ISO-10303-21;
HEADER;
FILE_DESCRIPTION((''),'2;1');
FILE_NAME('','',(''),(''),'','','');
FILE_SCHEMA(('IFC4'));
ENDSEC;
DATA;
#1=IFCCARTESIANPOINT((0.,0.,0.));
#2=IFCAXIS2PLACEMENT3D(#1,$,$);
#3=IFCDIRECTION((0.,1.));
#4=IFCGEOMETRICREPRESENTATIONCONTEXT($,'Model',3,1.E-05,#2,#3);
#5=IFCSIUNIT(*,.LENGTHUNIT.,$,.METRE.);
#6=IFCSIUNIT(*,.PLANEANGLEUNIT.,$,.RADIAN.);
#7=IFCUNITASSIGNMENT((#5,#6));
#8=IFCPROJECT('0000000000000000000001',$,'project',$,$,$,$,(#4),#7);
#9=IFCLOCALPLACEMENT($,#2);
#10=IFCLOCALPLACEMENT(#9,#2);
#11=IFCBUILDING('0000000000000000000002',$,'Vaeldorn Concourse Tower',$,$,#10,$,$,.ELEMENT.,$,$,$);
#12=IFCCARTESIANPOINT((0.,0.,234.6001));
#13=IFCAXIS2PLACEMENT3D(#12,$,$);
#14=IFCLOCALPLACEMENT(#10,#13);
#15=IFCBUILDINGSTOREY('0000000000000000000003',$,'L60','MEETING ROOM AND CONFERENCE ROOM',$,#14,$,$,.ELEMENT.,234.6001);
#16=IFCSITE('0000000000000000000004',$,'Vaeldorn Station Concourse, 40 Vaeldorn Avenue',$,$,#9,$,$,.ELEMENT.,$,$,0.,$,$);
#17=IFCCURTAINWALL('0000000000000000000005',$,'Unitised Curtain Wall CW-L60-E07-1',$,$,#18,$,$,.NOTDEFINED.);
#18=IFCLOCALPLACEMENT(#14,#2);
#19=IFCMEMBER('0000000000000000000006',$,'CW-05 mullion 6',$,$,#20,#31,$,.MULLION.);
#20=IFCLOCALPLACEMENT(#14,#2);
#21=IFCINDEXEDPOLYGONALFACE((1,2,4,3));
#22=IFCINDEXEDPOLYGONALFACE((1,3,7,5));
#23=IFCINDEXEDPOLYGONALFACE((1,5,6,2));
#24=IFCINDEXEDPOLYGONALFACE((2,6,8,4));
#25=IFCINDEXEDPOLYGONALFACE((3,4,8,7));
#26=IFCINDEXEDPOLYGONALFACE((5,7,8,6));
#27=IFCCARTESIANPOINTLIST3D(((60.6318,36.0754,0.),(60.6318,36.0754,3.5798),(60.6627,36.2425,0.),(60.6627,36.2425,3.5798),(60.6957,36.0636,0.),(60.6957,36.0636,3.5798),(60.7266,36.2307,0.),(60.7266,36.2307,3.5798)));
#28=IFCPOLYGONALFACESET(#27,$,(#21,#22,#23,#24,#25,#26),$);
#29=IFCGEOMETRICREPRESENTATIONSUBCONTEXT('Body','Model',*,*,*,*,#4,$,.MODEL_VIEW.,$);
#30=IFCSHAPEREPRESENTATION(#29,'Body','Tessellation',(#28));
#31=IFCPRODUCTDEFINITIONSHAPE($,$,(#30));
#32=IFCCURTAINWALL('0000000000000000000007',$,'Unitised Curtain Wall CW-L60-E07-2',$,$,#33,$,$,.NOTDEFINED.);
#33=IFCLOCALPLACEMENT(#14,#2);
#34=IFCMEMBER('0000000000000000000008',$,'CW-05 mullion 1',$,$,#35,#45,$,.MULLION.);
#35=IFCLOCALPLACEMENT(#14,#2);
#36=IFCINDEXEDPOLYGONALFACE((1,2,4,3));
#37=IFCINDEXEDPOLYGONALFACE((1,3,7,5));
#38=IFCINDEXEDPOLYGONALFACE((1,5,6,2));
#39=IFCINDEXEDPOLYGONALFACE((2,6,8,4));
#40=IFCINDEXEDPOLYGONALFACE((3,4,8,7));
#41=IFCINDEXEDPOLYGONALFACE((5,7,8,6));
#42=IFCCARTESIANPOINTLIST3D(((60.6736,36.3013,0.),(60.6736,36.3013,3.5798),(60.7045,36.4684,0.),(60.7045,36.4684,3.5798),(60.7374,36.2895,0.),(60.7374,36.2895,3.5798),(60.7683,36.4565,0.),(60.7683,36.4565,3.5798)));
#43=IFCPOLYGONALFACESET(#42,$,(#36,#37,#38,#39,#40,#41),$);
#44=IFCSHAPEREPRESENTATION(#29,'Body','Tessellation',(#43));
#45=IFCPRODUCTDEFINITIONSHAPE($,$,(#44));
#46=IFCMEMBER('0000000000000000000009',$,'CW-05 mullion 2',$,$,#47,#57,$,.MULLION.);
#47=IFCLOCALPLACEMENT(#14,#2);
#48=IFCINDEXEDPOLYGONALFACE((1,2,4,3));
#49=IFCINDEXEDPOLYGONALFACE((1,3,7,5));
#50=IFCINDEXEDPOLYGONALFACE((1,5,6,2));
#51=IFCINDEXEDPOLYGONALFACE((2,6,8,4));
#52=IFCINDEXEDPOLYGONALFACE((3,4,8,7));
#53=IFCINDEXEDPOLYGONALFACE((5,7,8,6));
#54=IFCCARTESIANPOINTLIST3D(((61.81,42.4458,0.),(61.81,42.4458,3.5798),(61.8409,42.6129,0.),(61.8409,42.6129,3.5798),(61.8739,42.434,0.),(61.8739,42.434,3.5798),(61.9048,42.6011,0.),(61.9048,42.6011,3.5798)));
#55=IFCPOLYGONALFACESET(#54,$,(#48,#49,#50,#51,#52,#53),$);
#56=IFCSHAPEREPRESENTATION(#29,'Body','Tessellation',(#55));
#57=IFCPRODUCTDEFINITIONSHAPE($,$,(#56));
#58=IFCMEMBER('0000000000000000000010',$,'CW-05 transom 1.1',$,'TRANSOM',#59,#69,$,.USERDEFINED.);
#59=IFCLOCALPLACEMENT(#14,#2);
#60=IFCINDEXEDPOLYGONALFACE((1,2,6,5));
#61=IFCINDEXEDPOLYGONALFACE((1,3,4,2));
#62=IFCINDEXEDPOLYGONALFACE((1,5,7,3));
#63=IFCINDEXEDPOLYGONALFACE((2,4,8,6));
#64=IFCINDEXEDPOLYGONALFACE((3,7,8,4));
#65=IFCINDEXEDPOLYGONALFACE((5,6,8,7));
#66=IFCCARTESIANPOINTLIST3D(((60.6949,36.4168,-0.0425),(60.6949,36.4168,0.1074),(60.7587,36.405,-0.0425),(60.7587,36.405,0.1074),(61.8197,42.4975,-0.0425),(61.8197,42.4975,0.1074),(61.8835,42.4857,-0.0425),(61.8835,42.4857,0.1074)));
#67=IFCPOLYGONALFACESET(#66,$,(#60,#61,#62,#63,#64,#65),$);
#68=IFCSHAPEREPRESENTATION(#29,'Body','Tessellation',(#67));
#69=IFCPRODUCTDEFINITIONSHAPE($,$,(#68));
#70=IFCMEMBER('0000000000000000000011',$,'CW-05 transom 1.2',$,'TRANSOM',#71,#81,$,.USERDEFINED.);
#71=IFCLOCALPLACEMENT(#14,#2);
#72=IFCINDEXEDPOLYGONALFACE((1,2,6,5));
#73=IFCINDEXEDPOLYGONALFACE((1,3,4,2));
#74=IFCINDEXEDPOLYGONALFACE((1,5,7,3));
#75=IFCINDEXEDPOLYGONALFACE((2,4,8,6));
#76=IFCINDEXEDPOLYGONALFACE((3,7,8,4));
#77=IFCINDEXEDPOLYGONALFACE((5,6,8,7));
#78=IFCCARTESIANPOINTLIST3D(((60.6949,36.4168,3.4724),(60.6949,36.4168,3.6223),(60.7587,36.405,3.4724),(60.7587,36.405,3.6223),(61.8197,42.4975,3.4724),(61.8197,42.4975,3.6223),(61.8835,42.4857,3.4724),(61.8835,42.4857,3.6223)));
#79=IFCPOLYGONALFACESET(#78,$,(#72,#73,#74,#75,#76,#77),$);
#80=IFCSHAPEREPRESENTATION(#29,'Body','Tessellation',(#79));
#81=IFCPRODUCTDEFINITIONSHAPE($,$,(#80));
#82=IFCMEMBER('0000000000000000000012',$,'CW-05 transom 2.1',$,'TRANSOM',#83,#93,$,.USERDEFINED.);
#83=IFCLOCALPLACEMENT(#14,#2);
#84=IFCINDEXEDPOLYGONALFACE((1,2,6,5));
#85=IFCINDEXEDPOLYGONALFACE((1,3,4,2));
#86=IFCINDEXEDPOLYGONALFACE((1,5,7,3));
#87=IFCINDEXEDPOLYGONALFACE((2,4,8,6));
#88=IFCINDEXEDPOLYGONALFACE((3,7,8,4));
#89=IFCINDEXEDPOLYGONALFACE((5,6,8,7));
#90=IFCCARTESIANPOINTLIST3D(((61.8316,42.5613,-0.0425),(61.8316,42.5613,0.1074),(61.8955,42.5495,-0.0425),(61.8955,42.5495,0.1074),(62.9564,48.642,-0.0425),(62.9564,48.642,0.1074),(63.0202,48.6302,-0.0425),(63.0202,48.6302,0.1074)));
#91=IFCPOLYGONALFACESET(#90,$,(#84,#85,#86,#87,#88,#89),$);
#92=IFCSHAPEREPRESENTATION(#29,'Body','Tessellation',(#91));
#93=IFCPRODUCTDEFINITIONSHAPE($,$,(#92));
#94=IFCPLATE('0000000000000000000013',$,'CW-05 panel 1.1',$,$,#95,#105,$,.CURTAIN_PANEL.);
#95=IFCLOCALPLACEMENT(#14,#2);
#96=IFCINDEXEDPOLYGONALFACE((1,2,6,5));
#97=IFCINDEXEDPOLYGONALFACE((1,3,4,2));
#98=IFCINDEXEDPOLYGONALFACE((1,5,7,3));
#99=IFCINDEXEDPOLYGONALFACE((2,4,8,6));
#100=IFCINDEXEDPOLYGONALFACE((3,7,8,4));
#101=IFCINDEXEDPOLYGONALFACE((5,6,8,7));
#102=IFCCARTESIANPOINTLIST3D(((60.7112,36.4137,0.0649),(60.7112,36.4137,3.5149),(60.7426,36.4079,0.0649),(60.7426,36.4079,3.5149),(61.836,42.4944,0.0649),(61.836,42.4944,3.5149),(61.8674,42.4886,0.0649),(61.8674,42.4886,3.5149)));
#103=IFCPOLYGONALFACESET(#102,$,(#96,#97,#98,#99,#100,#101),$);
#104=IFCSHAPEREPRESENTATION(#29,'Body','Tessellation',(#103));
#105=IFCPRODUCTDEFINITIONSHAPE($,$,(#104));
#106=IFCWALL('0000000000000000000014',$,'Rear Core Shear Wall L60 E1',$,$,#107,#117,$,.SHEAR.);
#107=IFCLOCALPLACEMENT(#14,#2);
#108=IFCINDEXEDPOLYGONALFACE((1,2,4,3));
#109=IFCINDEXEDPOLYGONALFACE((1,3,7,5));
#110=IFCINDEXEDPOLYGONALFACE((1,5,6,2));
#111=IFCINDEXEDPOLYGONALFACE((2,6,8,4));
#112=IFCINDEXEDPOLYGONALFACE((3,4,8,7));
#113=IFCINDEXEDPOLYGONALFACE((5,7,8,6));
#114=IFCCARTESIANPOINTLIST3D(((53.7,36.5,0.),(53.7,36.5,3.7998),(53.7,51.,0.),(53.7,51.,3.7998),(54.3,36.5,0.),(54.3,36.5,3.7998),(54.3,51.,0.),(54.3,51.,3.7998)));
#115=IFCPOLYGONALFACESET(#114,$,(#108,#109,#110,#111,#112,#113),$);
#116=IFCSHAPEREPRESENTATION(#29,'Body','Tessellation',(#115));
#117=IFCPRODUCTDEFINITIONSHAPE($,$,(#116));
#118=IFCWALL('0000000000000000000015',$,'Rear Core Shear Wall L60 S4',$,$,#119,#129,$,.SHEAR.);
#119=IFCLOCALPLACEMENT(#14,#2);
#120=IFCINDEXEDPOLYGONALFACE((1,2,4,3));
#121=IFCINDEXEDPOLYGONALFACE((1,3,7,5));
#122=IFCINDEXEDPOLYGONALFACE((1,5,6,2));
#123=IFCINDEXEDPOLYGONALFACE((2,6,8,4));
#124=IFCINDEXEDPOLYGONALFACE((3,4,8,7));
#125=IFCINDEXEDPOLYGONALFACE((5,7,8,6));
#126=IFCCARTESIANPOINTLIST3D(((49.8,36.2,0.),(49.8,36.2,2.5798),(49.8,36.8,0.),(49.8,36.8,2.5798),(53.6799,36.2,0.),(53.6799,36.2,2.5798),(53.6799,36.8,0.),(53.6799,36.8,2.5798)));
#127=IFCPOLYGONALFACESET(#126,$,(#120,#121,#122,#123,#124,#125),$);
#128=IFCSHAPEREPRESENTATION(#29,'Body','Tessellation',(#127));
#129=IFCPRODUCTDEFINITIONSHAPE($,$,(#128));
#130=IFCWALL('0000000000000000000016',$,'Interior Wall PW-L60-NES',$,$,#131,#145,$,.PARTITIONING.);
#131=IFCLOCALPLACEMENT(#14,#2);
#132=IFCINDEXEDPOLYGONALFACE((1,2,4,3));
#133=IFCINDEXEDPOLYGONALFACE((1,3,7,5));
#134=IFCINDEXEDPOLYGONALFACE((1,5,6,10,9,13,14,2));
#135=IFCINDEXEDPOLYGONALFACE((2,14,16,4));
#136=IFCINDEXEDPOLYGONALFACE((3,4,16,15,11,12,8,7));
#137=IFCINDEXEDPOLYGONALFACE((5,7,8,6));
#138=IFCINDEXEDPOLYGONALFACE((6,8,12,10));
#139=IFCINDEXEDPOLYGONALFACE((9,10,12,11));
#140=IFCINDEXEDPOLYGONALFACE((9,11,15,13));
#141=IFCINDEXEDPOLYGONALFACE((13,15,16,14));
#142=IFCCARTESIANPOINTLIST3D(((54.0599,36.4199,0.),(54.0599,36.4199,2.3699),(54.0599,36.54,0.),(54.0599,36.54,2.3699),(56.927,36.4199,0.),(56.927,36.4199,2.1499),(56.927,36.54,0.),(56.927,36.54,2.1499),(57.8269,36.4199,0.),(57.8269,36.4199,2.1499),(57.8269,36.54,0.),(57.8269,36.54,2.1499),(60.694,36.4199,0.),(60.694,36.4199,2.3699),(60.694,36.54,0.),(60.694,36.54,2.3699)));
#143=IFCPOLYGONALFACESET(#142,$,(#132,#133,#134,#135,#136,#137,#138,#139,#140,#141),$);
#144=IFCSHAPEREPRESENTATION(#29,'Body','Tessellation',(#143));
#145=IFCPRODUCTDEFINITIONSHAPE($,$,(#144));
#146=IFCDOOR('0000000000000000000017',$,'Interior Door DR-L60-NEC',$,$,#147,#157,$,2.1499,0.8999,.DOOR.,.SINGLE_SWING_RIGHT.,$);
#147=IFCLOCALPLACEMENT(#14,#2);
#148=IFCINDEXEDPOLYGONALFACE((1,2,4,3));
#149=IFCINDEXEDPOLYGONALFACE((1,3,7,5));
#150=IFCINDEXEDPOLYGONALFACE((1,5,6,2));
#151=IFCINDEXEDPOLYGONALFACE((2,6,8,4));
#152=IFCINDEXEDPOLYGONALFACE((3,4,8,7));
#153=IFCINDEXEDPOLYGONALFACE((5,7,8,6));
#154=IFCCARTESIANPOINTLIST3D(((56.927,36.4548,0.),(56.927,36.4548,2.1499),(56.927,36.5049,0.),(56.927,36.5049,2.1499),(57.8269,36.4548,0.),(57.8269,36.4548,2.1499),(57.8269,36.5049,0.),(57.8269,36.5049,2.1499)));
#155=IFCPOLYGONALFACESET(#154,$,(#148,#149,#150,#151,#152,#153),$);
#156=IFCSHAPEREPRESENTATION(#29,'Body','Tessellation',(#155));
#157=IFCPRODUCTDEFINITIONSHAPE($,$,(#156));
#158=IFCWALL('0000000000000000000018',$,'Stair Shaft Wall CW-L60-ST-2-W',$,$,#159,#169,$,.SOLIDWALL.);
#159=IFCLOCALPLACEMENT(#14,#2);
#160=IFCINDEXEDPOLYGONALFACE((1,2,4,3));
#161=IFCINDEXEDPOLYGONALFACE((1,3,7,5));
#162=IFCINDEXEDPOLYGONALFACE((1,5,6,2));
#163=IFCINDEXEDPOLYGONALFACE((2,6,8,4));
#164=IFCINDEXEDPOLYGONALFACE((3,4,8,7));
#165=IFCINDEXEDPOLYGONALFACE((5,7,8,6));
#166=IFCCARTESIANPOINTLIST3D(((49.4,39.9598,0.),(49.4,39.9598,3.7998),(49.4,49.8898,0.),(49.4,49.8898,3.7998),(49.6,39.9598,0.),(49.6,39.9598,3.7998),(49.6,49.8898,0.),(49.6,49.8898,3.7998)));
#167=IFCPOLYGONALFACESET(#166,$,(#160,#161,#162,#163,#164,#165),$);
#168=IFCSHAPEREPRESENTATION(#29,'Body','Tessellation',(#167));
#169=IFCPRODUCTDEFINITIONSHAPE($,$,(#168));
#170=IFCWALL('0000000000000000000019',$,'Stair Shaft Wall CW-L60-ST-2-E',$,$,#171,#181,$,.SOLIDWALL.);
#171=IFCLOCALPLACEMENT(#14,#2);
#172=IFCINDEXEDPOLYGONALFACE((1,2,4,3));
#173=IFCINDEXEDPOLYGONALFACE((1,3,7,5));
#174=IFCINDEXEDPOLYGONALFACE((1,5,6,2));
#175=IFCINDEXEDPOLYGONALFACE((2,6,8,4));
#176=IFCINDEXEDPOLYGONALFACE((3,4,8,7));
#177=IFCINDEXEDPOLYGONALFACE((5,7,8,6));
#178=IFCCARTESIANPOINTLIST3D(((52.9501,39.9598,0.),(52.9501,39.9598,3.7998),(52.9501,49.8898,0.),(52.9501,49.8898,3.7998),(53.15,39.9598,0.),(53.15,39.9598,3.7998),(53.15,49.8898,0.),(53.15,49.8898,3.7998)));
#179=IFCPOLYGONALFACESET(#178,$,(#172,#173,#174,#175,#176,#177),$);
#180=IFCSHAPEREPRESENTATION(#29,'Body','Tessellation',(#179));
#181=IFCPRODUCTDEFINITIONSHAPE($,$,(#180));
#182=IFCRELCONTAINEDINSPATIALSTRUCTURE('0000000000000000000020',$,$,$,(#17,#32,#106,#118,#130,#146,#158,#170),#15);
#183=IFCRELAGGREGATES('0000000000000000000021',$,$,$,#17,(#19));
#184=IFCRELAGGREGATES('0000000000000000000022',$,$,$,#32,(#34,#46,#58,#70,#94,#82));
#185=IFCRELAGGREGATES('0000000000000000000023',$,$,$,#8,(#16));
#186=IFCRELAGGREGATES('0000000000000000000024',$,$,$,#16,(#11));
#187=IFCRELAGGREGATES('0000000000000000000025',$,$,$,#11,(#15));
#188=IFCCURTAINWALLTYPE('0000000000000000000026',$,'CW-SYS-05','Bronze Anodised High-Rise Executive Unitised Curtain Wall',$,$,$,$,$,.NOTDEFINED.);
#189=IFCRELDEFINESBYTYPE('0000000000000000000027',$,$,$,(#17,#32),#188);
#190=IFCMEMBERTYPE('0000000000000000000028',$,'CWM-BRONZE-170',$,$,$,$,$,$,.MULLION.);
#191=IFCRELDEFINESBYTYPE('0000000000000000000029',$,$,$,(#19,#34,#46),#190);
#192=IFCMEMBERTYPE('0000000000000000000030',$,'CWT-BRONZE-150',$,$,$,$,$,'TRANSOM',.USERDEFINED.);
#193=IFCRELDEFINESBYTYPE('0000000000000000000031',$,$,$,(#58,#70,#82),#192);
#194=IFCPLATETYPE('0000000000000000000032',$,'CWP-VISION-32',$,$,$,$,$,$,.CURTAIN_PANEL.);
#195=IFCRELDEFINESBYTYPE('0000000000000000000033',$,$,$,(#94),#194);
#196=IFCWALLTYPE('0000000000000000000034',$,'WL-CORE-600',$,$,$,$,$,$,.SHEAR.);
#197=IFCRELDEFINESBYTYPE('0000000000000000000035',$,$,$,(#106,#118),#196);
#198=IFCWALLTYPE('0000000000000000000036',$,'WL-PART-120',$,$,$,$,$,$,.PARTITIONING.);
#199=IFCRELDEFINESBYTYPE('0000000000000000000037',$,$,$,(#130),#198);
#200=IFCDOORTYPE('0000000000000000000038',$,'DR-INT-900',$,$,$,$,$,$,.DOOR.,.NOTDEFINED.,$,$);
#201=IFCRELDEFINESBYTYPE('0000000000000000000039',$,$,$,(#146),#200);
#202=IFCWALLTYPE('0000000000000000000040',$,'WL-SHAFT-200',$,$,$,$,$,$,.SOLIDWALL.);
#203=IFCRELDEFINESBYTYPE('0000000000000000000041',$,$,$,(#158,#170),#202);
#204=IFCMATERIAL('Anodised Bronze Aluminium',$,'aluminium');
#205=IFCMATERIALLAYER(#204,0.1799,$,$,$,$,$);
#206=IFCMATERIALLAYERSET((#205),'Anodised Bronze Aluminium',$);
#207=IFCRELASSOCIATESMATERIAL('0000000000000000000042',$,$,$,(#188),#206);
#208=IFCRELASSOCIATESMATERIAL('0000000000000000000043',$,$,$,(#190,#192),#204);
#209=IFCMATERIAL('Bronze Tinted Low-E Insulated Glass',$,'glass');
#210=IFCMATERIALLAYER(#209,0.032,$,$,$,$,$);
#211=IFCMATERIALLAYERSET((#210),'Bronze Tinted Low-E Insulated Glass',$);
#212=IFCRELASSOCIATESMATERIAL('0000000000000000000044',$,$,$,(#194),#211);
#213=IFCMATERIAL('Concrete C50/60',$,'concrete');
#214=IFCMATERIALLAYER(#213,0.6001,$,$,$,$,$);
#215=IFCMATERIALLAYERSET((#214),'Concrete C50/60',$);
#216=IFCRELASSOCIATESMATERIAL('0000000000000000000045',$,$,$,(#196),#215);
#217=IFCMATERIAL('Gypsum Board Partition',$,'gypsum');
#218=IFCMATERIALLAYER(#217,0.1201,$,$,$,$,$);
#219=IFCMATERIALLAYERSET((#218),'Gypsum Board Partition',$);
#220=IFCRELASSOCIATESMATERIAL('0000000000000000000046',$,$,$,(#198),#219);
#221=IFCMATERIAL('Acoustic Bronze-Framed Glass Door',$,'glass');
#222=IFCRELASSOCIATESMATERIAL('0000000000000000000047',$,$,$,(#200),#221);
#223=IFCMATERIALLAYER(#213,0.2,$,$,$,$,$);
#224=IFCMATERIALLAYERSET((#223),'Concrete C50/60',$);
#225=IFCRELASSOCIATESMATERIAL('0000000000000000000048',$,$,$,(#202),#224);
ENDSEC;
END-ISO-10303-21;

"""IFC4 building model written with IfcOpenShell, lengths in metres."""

from ifc_helpers import new_model, si_unit, direction, frame, frame_2d, origin, origin_2d, place, context, subcontext, project, spatial, rectangle, extrude, source, transform, mapped, material, layer, layer_set, material_profile, profile_set, type_object, element, fill, aggregate, save


model = new_model("IFC4")

# Units and contexts
model_context = context("Model", 3, precision=1e-05, world=origin(), true_north=direction((0.0, 1.0)))
body_context = subcontext(model_context, "Body", "Model", "MODEL_VIEW")
ifc_project = project(units=[si_unit("LENGTHUNIT", "METRE"), si_unit("PLANEANGLEUNIT", "RADIAN")], contexts=[model_context])

# Site, building, storey
site_placement = place(None, origin())
site = spatial("IfcSite", under=ifc_project, at=site_placement, Name="Vaeldorn Station Concourse, 40 Vaeldorn Avenue", CompositionType="ELEMENT", RefElevation=0.0)
building_placement = place(site_placement, origin())
building = spatial("IfcBuilding", under=site, at=building_placement, Name="Vaeldorn Concourse Tower", CompositionType="ELEMENT")
storey_placement = place(building_placement, frame((0.0, 0.0, 234.6001)))
storey = spatial("IfcBuildingStorey", under=building, at=storey_placement, Name="L60", Description="MEETING ROOM AND CONFERENCE ROOM", CompositionType="ELEMENT", Elevation=234.6001)

# Shared definitions
ifc_material_1 = material(Name="Concrete C50/60", Category="concrete")

# Curtain wall, member
ifc_material_2 = material(Name="Anodised Bronze Aluminium", Category="aluminium")
ifc_layer_1 = layer(ifc_material_2, 0.1799)
ifc_layer_set_1 = layer_set([ifc_layer_1], Name="Anodised Bronze Aluminium")
curtain_wall_type = type_object("IfcCurtainWallType", Name="CW-SYS-05", Description="Bronze Anodised High-Rise Executive Unitised Curtain Wall", PredefinedType="NOTDEFINED", material=ifc_layer_set_1)
curtain_wall_1_placement = place(storey_placement, origin())
curtain_wall_1 = element("IfcCurtainWall", 1, at=curtain_wall_1_placement, inside=storey, type_object=curtain_wall_type, Name="Unitised Curtain Wall CW-L60-E07-1", PredefinedType="NOTDEFINED")
ifc_material_profile_1 = material_profile(ifc_material_2, rectangle(XDim=0.0649, YDim=0.1699, at=origin_2d()), Name="CWM 65x170")
ifc_profile_set_1 = profile_set([ifc_material_profile_1], Name="Anodised Bronze Aluminium")
member_type_1 = type_object("IfcMemberType", Name="CWM-BRONZE-170", PredefinedType="MULLION", material=ifc_profile_set_1)
shared_shape_1 = source(origin(), body_context, "Body", "SweptSolid", [
    extrude(rectangle(XDim=0.0649, YDim=0.1699, at=origin_2d()), origin(), (0.0, 0.0, 1.0), 3.5798),
])
member_1_placement = place(storey_placement, frame((60.6792, 36.1531, 0.0), z_axis=(0.0, 0.0, 1.0), x_axis=(-0.983319, 0.18189, 0.0)))
member_1 = element("IfcMember", 2, at=member_1_placement, type_object=member_type_1, Name="CW-05 mullion 6", PredefinedType="MULLION", context=body_context, shape_type="MappedRepresentation", body=[
    mapped(shared_shape_1, transform((0.0, 0.0, 0.0), scale=1.0)),
])
aggregate(curtain_wall_1, [member_1])

# Curtain wall, members, plate
curtain_wall_2_placement = place(storey_placement, origin())
curtain_wall_2 = element("IfcCurtainWall", 3, at=curtain_wall_2_placement, inside=storey, type_object=curtain_wall_type, Name="Unitised Curtain Wall CW-L60-E07-2", PredefinedType="NOTDEFINED")
member_2_placement = place(storey_placement, frame((60.7209, 36.3789, 0.0), z_axis=(0.0, 0.0, 1.0), x_axis=(-0.983319, 0.181888, 0.0)))
member_2 = element("IfcMember", 4, at=member_2_placement, type_object=member_type_1, Name="CW-05 mullion 1", PredefinedType="MULLION", context=body_context, shape_type="MappedRepresentation", body=[
    mapped(shared_shape_1, transform((0.0, 0.0, 0.0), scale=1.0)),
])
member_3_placement = place(storey_placement, frame((61.8574, 42.5234, 0.0), z_axis=(0.0, 0.0, 1.0), x_axis=(-0.983319, 0.181888, 0.0)))
member_3 = element("IfcMember", 5, at=member_3_placement, type_object=member_type_1, Name="CW-05 mullion 2", PredefinedType="MULLION", context=body_context, shape_type="MappedRepresentation", body=[
    mapped(shared_shape_1, transform((0.0, 0.0, 0.0), scale=1.0)),
])
ifc_material_profile_2 = material_profile(ifc_material_2, rectangle(XDim=0.0649, YDim=0.1499, at=origin_2d()), Name="CWT 65x150")
ifc_profile_set_2 = profile_set([ifc_material_profile_2], Name="Anodised Bronze Aluminium")
member_type_2 = type_object("IfcMemberType", Name="CWT-BRONZE-150", ElementType="TRANSOM", PredefinedType="USERDEFINED", material=ifc_profile_set_2)
shared_shape_2 = source(origin(), body_context, "Body", "SweptSolid", [
    extrude(rectangle(XDim=0.0649, YDim=0.1499, at=origin_2d()), origin(), (0.0, 0.0, 1.0), 6.1838),
])
member_4_placement = place(storey_placement, frame((60.7268, 36.4109, 0.0325), z_axis=(0.18189, 0.983319, 0.0), x_axis=(-0.983319, 0.18189, 0.0)))
member_4 = element("IfcMember", 6, at=member_4_placement, type_object=member_type_2, Name="CW-05 transom 1.1", ObjectType="TRANSOM", PredefinedType="USERDEFINED", context=body_context, shape_type="MappedRepresentation", body=[
    mapped(shared_shape_2, transform((0.0, 0.0, 0.0), scale=1.0)),
])
member_5_placement = place(storey_placement, frame((60.7268, 36.4109, 3.5474), z_axis=(0.18189, 0.983319, 0.0), x_axis=(-0.983319, 0.18189, 0.0)))
member_5 = element("IfcMember", 7, at=member_5_placement, type_object=member_type_2, Name="CW-05 transom 1.2", ObjectType="TRANSOM", PredefinedType="USERDEFINED", context=body_context, shape_type="MappedRepresentation", body=[
    mapped(shared_shape_2, transform((0.0, 0.0, 0.0), scale=1.0)),
])
member_6_placement = place(storey_placement, frame((61.8635, 42.5554, 0.0325), z_axis=(0.18189, 0.983319, 0.0), x_axis=(-0.983319, 0.18189, 0.0)))
member_6 = element("IfcMember", 8, at=member_6_placement, type_object=member_type_2, Name="CW-05 transom 2.1", ObjectType="TRANSOM", PredefinedType="USERDEFINED", context=body_context, shape_type="MappedRepresentation", body=[
    mapped(shared_shape_2, transform((0.0, 0.0, 0.0), scale=1.0)),
])
ifc_material_3 = material(Name="Bronze Tinted Low-E Insulated Glass", Category="glass")
ifc_layer_2 = layer(ifc_material_3, 0.032)
ifc_layer_set_2 = layer_set([ifc_layer_2], Name="Bronze Tinted Low-E Insulated Glass")
plate_type = type_object("IfcPlateType", Name="CWP-VISION-32", PredefinedType="CURTAIN_PANEL", material=ifc_layer_set_2)
shared_shape_3 = source(origin(), body_context, "Body", "SweptSolid", [
    extrude(rectangle(XDim=6.1838, YDim=0.032, at=origin_2d()), origin(), (0.0, 0.0, 1.0), 3.45),
])
plate_placement = place(storey_placement, frame((61.2893, 39.4512, 0.0649), z_axis=(0.0, 0.0, 1.0), x_axis=(0.181888, 0.983319, 0.0)))
plate = element("IfcPlate", 9, at=plate_placement, type_object=plate_type, Name="CW-05 panel 1.1", PredefinedType="CURTAIN_PANEL", context=body_context, shape_type="MappedRepresentation", body=[
    mapped(shared_shape_3, transform((0.0, 0.0, 0.0), scale=1.0)),
])
aggregate(curtain_wall_2, [member_2, member_3, member_4, member_5, plate, member_6])

# Walls
ifc_layer_3 = layer(ifc_material_1, 0.6001)
ifc_layer_set_3 = layer_set([ifc_layer_3], Name="Concrete C50/60")
wall_type_1 = type_object("IfcWallType", Name="WL-CORE-600", PredefinedType="SHEAR", material=ifc_layer_set_3)
wall_1_placement = place(storey_placement, frame((54.0, 36.5, 0.0), z_axis=(0.0, 0.0, 1.0), x_axis=(0.0, 1.0, 0.0)))
element("IfcWall", 10, at=wall_1_placement, inside=storey, type_object=wall_type_1, Name="Rear Core Shear Wall L60 E1", PredefinedType="SHEAR", context=body_context, shape_type="SweptSolid", body=[
    extrude(rectangle(XDim=14.5, YDim=0.6001, at=frame_2d((7.25, 0.0))), origin(), (0.0, 0.0, 1.0), 3.7998),
])
wall_2_placement = place(storey_placement, frame((49.8, 36.5, 0.0), z_axis=(0.0, 0.0, 1.0), x_axis=(1.0, 0.0, 0.0)))
element("IfcWall", 11, at=wall_2_placement, inside=storey, type_object=wall_type_1, Name="Rear Core Shear Wall L60 S4", PredefinedType="SHEAR", context=body_context, shape_type="SweptSolid", body=[
    extrude(rectangle(XDim=3.8799, YDim=0.6001, at=frame_2d((1.9399, 0.0))), origin(), (0.0, 0.0, 1.0), 2.5798),
])

# Wall, opening, door
ifc_material_4 = material(Name="Gypsum Board Partition", Category="gypsum")
ifc_layer_4 = layer(ifc_material_4, 0.1201)
ifc_layer_set_4 = layer_set([ifc_layer_4], Name="Gypsum Board Partition")
wall_type_2 = type_object("IfcWallType", Name="WL-PART-120", PredefinedType="PARTITIONING", material=ifc_layer_set_4)
wall_3_placement = place(storey_placement, frame((54.0601, 36.48, 0.0), z_axis=(0.0, 0.0, 1.0), x_axis=(1.0, 0.0, 0.0)))
wall_3 = element("IfcWall", 12, at=wall_3_placement, inside=storey, type_object=wall_type_2, Name="Interior Wall PW-L60-NES", PredefinedType="PARTITIONING", context=body_context, shape_type="SweptSolid", body=[
    extrude(rectangle(XDim=6.634, YDim=0.1201, at=frame_2d((3.3169, 0.0))), origin(), (0.0, 0.0, 1.0), 2.3699),
])
opening_placement = place(wall_3_placement, frame((2.8669, 0.0, 0.0)))
opening = element("IfcOpeningElement", 13, at=opening_placement, cuts=wall_3, PredefinedType="OPENING", context=body_context, shape_type="SweptSolid", body=[
    extrude(rectangle(XDim=0.8999, YDim=2.1499, at=frame_2d((0.45, 1.075))), frame((0.0, 0.0701, 0.0), z_axis=(0.0, -1.0, 0.0), x_axis=(1.0, 0.0, 0.0)), (0.0, 0.0, 1.0), 0.1401),
])
ifc_material_5 = material(Name="Acoustic Bronze-Framed Glass Door", Category="glass")
door_type = type_object("IfcDoorType", Name="DR-INT-900", OperationType="NOTDEFINED", PredefinedType="DOOR", material=ifc_material_5)
shared_shape_4 = source(origin(), body_context, "Body", "SweptSolid", [
    extrude(rectangle(XDim=0.8999, YDim=2.1499, at=frame_2d((0.45, 1.075))), frame((0.0, 0.0249, 0.0), z_axis=(0.0, -1.0, 0.0), x_axis=(1.0, 0.0, 0.0)), (0.0, 0.0, 1.0), 0.05),
])
door_placement = place(opening_placement, origin())
door = element("IfcDoor", 14, at=door_placement, inside=storey, type_object=door_type, Name="Interior Door DR-L60-NEC", OperationType="SINGLE_SWING_RIGHT", OverallHeight=2.1499, OverallWidth=0.8999, PredefinedType="DOOR", context=body_context, shape_type="MappedRepresentation", body=[
    mapped(shared_shape_4, transform((0.0, 0.0, 0.0), scale=1.0)),
])
fill(opening, door)

# Walls
ifc_layer_5 = layer(ifc_material_1, 0.2)
ifc_layer_set_5 = layer_set([ifc_layer_5], Name="Concrete C50/60")
wall_type_3 = type_object("IfcWallType", Name="WL-SHAFT-200", PredefinedType="SOLIDWALL", material=ifc_layer_set_5)
for number, where, z_axis, x_axis, name in (
    (15, (49.5, 39.96, 0.0), (0.0, 0.0, 1.0), (0.0, 1.0, 0.0), "Stair Shaft Wall CW-L60-ST-2-W"),
    (16, (53.05, 39.96, 0.0), (0.0, 0.0, 1.0), (0.0, 1.0, 0.0), "Stair Shaft Wall CW-L60-ST-2-E"),
):
    element("IfcWall", number, at=place(storey_placement, frame(where, z_axis=z_axis, x_axis=x_axis)), inside=storey, type_object=wall_type_3, Name=name, PredefinedType="SOLIDWALL", context=body_context, shape_type="SweptSolid", body=[
        extrude(rectangle(XDim=9.9299, YDim=0.2, at=frame_2d((4.9648, 0.0))), origin(), (0.0, 0.0, 1.0), 3.7998),
    ])

save(model, "model.ifc")
